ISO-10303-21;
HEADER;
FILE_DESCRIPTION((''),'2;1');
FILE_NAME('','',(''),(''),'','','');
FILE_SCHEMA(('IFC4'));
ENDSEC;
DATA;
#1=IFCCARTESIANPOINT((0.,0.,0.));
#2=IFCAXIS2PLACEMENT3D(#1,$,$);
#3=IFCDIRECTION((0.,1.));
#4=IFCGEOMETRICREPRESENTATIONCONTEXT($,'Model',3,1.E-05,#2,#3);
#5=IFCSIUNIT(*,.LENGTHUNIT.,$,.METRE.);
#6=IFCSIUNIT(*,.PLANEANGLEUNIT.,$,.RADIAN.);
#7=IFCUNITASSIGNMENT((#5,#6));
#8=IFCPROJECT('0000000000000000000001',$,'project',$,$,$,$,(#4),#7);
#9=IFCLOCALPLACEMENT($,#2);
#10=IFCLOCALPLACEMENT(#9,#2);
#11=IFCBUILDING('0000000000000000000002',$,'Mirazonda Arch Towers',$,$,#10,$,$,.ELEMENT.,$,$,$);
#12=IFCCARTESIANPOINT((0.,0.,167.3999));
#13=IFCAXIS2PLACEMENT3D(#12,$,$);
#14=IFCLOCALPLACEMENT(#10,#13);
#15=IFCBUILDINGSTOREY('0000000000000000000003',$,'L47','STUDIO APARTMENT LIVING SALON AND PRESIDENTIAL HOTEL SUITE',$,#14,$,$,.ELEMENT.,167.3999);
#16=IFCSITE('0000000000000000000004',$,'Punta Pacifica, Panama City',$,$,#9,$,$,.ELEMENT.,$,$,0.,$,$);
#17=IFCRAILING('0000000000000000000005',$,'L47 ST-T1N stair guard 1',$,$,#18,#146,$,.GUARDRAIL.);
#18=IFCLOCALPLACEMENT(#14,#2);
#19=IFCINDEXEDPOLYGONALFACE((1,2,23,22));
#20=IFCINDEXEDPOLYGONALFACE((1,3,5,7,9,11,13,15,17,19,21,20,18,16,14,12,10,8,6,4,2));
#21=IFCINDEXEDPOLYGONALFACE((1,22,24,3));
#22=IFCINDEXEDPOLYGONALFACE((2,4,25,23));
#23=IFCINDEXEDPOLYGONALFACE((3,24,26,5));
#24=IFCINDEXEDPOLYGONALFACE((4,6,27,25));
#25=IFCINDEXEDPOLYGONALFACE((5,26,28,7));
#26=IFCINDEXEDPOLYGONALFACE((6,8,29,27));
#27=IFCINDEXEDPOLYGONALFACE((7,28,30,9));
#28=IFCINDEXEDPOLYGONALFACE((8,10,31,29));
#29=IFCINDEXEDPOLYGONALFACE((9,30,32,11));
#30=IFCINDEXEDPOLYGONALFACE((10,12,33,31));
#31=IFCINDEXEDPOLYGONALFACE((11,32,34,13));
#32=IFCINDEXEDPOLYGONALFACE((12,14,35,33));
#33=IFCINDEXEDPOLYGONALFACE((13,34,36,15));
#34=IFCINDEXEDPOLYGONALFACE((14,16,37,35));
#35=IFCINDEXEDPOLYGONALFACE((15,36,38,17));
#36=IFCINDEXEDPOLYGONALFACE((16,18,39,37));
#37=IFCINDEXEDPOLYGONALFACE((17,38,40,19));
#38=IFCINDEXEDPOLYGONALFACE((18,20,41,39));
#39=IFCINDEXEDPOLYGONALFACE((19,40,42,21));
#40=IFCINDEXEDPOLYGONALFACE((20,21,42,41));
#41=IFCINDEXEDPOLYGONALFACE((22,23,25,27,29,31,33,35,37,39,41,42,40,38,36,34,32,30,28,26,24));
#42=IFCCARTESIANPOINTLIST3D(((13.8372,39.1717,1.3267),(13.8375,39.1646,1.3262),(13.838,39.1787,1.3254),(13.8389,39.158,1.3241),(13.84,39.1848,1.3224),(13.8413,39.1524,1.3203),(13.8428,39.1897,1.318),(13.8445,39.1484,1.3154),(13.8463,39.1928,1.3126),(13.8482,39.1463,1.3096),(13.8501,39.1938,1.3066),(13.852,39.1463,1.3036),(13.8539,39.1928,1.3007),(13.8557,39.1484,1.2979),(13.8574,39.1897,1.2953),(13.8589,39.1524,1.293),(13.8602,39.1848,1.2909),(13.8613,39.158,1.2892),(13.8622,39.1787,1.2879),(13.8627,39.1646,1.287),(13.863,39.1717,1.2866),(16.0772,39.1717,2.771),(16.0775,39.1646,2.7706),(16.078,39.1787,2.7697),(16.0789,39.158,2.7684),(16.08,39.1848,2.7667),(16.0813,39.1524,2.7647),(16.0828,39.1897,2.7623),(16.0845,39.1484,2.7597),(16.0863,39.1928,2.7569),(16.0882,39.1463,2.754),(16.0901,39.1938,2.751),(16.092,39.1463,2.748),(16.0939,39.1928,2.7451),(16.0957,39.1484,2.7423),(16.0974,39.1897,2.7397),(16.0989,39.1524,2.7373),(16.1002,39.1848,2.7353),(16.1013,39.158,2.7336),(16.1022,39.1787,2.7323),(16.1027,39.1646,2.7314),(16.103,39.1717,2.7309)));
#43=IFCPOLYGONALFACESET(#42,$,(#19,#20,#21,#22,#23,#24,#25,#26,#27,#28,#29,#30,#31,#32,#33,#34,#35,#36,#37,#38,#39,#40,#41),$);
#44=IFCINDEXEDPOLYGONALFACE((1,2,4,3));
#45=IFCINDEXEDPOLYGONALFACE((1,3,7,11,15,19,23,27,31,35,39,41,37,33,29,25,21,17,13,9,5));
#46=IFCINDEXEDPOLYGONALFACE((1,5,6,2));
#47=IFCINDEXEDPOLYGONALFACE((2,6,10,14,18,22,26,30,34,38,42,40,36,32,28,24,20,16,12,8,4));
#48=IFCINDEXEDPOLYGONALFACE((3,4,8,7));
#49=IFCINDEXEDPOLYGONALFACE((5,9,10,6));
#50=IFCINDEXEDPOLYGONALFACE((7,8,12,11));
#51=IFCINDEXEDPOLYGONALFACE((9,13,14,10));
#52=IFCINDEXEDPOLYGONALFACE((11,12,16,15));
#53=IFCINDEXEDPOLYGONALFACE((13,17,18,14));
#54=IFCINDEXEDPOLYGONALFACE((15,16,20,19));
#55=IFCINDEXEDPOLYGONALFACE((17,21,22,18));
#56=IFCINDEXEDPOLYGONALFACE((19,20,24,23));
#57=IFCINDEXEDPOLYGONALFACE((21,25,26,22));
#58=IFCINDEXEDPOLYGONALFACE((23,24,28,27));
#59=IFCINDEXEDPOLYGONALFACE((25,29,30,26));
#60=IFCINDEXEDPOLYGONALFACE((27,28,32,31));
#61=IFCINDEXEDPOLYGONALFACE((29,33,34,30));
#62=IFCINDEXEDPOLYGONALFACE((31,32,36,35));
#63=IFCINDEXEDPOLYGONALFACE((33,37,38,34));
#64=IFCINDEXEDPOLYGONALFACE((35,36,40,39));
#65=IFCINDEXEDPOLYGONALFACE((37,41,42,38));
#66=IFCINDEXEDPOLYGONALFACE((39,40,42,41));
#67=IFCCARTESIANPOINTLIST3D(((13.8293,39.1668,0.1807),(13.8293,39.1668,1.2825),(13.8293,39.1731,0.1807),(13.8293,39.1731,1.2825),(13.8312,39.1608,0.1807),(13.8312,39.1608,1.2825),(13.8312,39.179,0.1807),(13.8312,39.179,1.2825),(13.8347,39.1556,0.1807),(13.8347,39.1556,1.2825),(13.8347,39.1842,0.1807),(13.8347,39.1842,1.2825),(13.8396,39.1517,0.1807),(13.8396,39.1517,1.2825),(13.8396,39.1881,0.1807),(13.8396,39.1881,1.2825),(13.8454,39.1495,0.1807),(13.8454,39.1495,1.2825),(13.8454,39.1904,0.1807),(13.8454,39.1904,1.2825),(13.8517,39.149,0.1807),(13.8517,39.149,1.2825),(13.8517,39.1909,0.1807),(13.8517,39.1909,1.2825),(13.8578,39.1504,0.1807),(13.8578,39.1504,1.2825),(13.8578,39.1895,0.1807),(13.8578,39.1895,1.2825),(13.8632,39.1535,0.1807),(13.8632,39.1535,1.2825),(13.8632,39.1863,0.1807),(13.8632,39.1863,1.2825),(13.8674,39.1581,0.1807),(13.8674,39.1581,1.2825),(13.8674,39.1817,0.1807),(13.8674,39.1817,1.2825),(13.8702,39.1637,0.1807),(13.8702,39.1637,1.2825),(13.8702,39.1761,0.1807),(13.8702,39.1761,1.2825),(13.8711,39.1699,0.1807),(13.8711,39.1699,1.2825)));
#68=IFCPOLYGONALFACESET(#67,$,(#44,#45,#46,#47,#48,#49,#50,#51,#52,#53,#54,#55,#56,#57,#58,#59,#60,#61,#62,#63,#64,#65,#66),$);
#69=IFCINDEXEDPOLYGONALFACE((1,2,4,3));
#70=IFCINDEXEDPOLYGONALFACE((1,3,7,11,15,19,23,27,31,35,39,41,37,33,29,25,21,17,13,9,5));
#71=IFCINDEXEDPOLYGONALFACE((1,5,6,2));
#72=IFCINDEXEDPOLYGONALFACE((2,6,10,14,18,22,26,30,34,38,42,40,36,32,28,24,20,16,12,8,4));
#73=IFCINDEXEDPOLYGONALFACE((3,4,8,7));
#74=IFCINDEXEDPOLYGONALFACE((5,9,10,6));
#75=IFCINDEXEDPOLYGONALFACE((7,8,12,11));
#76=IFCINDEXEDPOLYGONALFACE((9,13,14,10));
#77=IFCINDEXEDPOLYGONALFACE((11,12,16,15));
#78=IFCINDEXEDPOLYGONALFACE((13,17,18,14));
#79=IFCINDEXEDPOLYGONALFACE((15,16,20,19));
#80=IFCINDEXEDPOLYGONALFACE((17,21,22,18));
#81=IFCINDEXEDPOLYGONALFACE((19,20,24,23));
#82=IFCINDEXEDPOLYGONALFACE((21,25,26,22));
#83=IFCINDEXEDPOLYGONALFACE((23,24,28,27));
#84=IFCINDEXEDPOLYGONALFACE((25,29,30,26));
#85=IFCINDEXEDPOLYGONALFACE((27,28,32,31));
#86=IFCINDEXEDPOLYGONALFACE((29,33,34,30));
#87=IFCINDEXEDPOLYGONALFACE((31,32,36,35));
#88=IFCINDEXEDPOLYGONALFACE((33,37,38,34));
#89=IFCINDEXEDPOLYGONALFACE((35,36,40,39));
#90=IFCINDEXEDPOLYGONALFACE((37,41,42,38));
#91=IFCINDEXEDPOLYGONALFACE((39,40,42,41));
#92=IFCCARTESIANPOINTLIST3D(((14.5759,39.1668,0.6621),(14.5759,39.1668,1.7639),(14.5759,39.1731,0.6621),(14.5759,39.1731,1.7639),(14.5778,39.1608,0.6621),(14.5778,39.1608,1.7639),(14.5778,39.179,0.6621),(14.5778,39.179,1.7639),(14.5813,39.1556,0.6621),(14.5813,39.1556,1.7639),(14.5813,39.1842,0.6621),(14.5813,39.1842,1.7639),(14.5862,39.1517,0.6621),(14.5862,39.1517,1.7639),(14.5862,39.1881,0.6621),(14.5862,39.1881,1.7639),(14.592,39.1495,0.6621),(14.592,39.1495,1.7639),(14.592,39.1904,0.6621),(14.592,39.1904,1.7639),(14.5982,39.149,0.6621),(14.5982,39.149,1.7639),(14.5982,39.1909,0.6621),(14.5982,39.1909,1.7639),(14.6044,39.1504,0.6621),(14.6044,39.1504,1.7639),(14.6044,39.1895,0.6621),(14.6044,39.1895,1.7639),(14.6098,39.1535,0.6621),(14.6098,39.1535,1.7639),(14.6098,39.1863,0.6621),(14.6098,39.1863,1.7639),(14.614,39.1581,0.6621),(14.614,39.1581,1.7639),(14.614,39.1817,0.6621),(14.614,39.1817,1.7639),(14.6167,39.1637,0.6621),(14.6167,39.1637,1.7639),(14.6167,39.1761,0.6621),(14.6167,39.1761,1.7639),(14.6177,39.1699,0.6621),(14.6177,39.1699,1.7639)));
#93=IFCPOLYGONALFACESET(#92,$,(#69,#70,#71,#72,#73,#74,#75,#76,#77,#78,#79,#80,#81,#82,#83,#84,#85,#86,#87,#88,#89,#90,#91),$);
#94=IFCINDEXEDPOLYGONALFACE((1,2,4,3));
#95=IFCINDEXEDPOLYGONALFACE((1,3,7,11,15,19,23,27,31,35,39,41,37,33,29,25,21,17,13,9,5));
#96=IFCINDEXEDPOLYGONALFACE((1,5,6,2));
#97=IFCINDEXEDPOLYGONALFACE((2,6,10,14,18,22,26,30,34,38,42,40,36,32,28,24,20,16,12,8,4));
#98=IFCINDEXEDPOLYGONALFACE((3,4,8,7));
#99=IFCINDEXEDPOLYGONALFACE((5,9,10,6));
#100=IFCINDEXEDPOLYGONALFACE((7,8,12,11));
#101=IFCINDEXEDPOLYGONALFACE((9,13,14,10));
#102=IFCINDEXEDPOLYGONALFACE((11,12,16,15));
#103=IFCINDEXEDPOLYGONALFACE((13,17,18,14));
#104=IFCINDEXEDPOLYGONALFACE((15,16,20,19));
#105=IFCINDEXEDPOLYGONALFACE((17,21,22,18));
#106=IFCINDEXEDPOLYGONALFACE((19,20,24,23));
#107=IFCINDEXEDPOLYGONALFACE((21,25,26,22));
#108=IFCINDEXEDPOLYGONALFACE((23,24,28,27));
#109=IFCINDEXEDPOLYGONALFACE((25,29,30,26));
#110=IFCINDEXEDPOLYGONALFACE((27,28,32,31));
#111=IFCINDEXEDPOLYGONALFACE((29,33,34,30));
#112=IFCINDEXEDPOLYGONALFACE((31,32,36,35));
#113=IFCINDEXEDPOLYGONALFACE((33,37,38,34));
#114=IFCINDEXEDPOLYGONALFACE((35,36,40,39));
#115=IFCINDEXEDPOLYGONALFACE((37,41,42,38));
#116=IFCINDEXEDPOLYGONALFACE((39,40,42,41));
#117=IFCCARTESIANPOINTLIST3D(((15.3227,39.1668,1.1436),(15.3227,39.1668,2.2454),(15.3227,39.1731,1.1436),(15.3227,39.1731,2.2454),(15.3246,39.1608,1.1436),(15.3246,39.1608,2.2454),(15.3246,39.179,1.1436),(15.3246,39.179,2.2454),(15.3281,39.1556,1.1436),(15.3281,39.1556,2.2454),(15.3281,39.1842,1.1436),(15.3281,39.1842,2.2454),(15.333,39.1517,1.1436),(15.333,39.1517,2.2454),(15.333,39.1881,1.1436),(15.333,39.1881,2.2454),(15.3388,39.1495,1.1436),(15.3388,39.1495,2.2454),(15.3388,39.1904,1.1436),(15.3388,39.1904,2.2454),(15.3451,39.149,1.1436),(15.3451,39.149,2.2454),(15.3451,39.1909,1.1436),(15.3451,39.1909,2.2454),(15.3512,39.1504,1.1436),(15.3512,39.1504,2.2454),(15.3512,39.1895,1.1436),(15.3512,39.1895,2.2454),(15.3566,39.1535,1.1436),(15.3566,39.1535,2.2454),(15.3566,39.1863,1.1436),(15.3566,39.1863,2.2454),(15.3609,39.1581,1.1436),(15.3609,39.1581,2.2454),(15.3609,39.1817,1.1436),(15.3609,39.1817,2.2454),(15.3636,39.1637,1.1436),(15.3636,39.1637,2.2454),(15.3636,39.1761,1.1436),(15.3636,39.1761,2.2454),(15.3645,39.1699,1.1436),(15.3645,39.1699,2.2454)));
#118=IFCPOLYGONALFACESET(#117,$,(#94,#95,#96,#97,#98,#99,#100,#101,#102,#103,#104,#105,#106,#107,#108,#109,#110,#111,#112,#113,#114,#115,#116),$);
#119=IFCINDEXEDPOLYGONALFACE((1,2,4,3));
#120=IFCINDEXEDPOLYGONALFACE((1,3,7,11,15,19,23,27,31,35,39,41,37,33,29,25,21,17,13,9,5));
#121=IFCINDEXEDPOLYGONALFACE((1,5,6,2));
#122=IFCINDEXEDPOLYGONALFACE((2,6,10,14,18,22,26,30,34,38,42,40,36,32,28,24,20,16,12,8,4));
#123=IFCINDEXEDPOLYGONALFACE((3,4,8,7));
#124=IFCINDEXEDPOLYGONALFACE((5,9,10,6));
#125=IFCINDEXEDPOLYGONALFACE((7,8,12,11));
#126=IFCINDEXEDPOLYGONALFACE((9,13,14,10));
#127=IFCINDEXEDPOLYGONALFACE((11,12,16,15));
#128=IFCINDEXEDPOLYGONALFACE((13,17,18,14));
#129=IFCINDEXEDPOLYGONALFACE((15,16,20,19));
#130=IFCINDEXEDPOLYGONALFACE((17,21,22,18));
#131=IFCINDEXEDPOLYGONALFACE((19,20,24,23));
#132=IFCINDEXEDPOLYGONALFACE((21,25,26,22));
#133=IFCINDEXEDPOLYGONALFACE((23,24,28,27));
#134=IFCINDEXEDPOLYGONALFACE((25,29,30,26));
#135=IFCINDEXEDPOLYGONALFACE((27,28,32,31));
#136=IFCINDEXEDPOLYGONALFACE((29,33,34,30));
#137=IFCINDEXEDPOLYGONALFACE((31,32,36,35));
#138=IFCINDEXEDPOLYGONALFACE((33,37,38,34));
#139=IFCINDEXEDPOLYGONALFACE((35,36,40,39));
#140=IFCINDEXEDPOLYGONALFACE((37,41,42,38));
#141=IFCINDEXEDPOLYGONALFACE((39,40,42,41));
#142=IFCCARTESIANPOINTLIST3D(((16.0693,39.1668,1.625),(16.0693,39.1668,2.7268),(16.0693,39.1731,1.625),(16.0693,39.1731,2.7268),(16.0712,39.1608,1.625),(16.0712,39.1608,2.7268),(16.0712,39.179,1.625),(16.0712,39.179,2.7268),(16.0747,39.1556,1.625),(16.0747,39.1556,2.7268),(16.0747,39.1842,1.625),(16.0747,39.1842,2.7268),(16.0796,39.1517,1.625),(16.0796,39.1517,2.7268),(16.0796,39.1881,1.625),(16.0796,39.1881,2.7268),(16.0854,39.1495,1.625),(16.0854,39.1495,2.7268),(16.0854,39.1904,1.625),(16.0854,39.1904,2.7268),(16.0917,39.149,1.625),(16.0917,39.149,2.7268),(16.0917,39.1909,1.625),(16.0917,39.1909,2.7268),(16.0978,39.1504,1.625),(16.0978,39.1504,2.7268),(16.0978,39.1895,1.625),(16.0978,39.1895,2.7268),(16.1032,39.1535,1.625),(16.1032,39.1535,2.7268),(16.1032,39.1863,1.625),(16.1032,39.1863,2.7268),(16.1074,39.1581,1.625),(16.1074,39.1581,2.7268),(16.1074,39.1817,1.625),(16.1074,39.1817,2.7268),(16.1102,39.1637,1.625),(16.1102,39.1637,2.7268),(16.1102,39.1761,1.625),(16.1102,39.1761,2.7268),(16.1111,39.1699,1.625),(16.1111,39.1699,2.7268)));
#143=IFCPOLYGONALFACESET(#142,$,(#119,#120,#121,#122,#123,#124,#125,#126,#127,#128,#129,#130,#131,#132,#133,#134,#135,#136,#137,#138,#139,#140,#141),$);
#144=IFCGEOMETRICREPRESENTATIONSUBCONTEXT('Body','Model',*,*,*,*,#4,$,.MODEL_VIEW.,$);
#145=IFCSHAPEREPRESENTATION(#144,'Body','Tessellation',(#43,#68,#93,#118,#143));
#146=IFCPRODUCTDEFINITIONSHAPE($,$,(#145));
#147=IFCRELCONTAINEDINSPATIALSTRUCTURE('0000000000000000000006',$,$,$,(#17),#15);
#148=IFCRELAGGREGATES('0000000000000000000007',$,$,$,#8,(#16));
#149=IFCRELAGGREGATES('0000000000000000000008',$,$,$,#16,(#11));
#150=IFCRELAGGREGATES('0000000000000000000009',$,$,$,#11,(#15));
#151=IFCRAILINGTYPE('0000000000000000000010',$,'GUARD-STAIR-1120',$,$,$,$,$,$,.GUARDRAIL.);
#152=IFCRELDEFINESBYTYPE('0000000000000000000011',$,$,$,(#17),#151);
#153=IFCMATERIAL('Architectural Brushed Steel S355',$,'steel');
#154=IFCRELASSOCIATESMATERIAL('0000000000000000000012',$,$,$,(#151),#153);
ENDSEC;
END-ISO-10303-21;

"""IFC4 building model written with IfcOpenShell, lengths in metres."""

from ifc_helpers import new_model, si_unit, direction, frame, origin, origin_2d, place, context, subcontext, project, spatial, circle, extrude, material, type_object, element, save


model = new_model("IFC4")

# Units and contexts
model_context = context("Model", 3, precision=1e-05, world=origin(), true_north=direction((0.0, 1.0)))
body_context = subcontext(model_context, "Body", "Model", "MODEL_VIEW")
ifc_project = project(units=[si_unit("LENGTHUNIT", "METRE"), si_unit("PLANEANGLEUNIT", "RADIAN")], contexts=[model_context])

# Site, building, storey
site_placement = place(None, origin())
site = spatial("IfcSite", under=ifc_project, at=site_placement, Name="Punta Pacifica, Panama City", CompositionType="ELEMENT", RefElevation=0.0)
building_placement = place(site_placement, origin())
building = spatial("IfcBuilding", under=site, at=building_placement, Name="Mirazonda Arch Towers", CompositionType="ELEMENT")
storey_placement = place(building_placement, frame((0.0, 0.0, 167.3999)))
storey = spatial("IfcBuildingStorey", under=building, at=storey_placement, Name="L47", Description="STUDIO APARTMENT LIVING SALON AND PRESIDENTIAL HOTEL SUITE", CompositionType="ELEMENT", Elevation=167.3999)

# Shared definitions
ifc_material_1 = material(Name="Architectural Brushed Steel S355", Category="steel")

# Railing
railing_type_1 = type_object("IfcRailingType", Name="GUARD-STAIR-1120", PredefinedType="GUARDRAIL", material=ifc_material_1)
railing_1_placement = place(storey_placement, frame((13.8501, 39.1699, 0.1807)))
element("IfcRailing", 1, at=railing_1_placement, inside=storey, type_object=railing_type_1, Name="L47 ST-T1N stair guard 1", PredefinedType="GUARDRAIL", context=body_context, shape_type="SweptSolid", body=[
    extrude(circle(Radius=0.0239, at=origin_2d()), frame((0.0, 0.0, 1.126), z_axis=(0.840437, 0.0, 0.54191), x_axis=(0.0, 1.0, 0.0)), (0.0, 0.0, 1.0), 2.6653),
    extrude(circle(Radius=0.021, at=origin_2d()), origin(), (0.0, 0.0, 1.0), 1.1018),
    extrude(circle(Radius=0.021, at=origin_2d()), frame((0.7466, 0.0, 0.4814)), (0.0, 0.0, 1.0), 1.1018),
    extrude(circle(Radius=0.021, at=origin_2d()), frame((1.4934, 0.0, 0.9629)), (0.0, 0.0, 1.0), 1.1018),
    extrude(circle(Radius=0.021, at=origin_2d()), frame((2.24, 0.0, 1.4443)), (0.0, 0.0, 1.0), 1.1018),
])

save(model, "model.ifc")
